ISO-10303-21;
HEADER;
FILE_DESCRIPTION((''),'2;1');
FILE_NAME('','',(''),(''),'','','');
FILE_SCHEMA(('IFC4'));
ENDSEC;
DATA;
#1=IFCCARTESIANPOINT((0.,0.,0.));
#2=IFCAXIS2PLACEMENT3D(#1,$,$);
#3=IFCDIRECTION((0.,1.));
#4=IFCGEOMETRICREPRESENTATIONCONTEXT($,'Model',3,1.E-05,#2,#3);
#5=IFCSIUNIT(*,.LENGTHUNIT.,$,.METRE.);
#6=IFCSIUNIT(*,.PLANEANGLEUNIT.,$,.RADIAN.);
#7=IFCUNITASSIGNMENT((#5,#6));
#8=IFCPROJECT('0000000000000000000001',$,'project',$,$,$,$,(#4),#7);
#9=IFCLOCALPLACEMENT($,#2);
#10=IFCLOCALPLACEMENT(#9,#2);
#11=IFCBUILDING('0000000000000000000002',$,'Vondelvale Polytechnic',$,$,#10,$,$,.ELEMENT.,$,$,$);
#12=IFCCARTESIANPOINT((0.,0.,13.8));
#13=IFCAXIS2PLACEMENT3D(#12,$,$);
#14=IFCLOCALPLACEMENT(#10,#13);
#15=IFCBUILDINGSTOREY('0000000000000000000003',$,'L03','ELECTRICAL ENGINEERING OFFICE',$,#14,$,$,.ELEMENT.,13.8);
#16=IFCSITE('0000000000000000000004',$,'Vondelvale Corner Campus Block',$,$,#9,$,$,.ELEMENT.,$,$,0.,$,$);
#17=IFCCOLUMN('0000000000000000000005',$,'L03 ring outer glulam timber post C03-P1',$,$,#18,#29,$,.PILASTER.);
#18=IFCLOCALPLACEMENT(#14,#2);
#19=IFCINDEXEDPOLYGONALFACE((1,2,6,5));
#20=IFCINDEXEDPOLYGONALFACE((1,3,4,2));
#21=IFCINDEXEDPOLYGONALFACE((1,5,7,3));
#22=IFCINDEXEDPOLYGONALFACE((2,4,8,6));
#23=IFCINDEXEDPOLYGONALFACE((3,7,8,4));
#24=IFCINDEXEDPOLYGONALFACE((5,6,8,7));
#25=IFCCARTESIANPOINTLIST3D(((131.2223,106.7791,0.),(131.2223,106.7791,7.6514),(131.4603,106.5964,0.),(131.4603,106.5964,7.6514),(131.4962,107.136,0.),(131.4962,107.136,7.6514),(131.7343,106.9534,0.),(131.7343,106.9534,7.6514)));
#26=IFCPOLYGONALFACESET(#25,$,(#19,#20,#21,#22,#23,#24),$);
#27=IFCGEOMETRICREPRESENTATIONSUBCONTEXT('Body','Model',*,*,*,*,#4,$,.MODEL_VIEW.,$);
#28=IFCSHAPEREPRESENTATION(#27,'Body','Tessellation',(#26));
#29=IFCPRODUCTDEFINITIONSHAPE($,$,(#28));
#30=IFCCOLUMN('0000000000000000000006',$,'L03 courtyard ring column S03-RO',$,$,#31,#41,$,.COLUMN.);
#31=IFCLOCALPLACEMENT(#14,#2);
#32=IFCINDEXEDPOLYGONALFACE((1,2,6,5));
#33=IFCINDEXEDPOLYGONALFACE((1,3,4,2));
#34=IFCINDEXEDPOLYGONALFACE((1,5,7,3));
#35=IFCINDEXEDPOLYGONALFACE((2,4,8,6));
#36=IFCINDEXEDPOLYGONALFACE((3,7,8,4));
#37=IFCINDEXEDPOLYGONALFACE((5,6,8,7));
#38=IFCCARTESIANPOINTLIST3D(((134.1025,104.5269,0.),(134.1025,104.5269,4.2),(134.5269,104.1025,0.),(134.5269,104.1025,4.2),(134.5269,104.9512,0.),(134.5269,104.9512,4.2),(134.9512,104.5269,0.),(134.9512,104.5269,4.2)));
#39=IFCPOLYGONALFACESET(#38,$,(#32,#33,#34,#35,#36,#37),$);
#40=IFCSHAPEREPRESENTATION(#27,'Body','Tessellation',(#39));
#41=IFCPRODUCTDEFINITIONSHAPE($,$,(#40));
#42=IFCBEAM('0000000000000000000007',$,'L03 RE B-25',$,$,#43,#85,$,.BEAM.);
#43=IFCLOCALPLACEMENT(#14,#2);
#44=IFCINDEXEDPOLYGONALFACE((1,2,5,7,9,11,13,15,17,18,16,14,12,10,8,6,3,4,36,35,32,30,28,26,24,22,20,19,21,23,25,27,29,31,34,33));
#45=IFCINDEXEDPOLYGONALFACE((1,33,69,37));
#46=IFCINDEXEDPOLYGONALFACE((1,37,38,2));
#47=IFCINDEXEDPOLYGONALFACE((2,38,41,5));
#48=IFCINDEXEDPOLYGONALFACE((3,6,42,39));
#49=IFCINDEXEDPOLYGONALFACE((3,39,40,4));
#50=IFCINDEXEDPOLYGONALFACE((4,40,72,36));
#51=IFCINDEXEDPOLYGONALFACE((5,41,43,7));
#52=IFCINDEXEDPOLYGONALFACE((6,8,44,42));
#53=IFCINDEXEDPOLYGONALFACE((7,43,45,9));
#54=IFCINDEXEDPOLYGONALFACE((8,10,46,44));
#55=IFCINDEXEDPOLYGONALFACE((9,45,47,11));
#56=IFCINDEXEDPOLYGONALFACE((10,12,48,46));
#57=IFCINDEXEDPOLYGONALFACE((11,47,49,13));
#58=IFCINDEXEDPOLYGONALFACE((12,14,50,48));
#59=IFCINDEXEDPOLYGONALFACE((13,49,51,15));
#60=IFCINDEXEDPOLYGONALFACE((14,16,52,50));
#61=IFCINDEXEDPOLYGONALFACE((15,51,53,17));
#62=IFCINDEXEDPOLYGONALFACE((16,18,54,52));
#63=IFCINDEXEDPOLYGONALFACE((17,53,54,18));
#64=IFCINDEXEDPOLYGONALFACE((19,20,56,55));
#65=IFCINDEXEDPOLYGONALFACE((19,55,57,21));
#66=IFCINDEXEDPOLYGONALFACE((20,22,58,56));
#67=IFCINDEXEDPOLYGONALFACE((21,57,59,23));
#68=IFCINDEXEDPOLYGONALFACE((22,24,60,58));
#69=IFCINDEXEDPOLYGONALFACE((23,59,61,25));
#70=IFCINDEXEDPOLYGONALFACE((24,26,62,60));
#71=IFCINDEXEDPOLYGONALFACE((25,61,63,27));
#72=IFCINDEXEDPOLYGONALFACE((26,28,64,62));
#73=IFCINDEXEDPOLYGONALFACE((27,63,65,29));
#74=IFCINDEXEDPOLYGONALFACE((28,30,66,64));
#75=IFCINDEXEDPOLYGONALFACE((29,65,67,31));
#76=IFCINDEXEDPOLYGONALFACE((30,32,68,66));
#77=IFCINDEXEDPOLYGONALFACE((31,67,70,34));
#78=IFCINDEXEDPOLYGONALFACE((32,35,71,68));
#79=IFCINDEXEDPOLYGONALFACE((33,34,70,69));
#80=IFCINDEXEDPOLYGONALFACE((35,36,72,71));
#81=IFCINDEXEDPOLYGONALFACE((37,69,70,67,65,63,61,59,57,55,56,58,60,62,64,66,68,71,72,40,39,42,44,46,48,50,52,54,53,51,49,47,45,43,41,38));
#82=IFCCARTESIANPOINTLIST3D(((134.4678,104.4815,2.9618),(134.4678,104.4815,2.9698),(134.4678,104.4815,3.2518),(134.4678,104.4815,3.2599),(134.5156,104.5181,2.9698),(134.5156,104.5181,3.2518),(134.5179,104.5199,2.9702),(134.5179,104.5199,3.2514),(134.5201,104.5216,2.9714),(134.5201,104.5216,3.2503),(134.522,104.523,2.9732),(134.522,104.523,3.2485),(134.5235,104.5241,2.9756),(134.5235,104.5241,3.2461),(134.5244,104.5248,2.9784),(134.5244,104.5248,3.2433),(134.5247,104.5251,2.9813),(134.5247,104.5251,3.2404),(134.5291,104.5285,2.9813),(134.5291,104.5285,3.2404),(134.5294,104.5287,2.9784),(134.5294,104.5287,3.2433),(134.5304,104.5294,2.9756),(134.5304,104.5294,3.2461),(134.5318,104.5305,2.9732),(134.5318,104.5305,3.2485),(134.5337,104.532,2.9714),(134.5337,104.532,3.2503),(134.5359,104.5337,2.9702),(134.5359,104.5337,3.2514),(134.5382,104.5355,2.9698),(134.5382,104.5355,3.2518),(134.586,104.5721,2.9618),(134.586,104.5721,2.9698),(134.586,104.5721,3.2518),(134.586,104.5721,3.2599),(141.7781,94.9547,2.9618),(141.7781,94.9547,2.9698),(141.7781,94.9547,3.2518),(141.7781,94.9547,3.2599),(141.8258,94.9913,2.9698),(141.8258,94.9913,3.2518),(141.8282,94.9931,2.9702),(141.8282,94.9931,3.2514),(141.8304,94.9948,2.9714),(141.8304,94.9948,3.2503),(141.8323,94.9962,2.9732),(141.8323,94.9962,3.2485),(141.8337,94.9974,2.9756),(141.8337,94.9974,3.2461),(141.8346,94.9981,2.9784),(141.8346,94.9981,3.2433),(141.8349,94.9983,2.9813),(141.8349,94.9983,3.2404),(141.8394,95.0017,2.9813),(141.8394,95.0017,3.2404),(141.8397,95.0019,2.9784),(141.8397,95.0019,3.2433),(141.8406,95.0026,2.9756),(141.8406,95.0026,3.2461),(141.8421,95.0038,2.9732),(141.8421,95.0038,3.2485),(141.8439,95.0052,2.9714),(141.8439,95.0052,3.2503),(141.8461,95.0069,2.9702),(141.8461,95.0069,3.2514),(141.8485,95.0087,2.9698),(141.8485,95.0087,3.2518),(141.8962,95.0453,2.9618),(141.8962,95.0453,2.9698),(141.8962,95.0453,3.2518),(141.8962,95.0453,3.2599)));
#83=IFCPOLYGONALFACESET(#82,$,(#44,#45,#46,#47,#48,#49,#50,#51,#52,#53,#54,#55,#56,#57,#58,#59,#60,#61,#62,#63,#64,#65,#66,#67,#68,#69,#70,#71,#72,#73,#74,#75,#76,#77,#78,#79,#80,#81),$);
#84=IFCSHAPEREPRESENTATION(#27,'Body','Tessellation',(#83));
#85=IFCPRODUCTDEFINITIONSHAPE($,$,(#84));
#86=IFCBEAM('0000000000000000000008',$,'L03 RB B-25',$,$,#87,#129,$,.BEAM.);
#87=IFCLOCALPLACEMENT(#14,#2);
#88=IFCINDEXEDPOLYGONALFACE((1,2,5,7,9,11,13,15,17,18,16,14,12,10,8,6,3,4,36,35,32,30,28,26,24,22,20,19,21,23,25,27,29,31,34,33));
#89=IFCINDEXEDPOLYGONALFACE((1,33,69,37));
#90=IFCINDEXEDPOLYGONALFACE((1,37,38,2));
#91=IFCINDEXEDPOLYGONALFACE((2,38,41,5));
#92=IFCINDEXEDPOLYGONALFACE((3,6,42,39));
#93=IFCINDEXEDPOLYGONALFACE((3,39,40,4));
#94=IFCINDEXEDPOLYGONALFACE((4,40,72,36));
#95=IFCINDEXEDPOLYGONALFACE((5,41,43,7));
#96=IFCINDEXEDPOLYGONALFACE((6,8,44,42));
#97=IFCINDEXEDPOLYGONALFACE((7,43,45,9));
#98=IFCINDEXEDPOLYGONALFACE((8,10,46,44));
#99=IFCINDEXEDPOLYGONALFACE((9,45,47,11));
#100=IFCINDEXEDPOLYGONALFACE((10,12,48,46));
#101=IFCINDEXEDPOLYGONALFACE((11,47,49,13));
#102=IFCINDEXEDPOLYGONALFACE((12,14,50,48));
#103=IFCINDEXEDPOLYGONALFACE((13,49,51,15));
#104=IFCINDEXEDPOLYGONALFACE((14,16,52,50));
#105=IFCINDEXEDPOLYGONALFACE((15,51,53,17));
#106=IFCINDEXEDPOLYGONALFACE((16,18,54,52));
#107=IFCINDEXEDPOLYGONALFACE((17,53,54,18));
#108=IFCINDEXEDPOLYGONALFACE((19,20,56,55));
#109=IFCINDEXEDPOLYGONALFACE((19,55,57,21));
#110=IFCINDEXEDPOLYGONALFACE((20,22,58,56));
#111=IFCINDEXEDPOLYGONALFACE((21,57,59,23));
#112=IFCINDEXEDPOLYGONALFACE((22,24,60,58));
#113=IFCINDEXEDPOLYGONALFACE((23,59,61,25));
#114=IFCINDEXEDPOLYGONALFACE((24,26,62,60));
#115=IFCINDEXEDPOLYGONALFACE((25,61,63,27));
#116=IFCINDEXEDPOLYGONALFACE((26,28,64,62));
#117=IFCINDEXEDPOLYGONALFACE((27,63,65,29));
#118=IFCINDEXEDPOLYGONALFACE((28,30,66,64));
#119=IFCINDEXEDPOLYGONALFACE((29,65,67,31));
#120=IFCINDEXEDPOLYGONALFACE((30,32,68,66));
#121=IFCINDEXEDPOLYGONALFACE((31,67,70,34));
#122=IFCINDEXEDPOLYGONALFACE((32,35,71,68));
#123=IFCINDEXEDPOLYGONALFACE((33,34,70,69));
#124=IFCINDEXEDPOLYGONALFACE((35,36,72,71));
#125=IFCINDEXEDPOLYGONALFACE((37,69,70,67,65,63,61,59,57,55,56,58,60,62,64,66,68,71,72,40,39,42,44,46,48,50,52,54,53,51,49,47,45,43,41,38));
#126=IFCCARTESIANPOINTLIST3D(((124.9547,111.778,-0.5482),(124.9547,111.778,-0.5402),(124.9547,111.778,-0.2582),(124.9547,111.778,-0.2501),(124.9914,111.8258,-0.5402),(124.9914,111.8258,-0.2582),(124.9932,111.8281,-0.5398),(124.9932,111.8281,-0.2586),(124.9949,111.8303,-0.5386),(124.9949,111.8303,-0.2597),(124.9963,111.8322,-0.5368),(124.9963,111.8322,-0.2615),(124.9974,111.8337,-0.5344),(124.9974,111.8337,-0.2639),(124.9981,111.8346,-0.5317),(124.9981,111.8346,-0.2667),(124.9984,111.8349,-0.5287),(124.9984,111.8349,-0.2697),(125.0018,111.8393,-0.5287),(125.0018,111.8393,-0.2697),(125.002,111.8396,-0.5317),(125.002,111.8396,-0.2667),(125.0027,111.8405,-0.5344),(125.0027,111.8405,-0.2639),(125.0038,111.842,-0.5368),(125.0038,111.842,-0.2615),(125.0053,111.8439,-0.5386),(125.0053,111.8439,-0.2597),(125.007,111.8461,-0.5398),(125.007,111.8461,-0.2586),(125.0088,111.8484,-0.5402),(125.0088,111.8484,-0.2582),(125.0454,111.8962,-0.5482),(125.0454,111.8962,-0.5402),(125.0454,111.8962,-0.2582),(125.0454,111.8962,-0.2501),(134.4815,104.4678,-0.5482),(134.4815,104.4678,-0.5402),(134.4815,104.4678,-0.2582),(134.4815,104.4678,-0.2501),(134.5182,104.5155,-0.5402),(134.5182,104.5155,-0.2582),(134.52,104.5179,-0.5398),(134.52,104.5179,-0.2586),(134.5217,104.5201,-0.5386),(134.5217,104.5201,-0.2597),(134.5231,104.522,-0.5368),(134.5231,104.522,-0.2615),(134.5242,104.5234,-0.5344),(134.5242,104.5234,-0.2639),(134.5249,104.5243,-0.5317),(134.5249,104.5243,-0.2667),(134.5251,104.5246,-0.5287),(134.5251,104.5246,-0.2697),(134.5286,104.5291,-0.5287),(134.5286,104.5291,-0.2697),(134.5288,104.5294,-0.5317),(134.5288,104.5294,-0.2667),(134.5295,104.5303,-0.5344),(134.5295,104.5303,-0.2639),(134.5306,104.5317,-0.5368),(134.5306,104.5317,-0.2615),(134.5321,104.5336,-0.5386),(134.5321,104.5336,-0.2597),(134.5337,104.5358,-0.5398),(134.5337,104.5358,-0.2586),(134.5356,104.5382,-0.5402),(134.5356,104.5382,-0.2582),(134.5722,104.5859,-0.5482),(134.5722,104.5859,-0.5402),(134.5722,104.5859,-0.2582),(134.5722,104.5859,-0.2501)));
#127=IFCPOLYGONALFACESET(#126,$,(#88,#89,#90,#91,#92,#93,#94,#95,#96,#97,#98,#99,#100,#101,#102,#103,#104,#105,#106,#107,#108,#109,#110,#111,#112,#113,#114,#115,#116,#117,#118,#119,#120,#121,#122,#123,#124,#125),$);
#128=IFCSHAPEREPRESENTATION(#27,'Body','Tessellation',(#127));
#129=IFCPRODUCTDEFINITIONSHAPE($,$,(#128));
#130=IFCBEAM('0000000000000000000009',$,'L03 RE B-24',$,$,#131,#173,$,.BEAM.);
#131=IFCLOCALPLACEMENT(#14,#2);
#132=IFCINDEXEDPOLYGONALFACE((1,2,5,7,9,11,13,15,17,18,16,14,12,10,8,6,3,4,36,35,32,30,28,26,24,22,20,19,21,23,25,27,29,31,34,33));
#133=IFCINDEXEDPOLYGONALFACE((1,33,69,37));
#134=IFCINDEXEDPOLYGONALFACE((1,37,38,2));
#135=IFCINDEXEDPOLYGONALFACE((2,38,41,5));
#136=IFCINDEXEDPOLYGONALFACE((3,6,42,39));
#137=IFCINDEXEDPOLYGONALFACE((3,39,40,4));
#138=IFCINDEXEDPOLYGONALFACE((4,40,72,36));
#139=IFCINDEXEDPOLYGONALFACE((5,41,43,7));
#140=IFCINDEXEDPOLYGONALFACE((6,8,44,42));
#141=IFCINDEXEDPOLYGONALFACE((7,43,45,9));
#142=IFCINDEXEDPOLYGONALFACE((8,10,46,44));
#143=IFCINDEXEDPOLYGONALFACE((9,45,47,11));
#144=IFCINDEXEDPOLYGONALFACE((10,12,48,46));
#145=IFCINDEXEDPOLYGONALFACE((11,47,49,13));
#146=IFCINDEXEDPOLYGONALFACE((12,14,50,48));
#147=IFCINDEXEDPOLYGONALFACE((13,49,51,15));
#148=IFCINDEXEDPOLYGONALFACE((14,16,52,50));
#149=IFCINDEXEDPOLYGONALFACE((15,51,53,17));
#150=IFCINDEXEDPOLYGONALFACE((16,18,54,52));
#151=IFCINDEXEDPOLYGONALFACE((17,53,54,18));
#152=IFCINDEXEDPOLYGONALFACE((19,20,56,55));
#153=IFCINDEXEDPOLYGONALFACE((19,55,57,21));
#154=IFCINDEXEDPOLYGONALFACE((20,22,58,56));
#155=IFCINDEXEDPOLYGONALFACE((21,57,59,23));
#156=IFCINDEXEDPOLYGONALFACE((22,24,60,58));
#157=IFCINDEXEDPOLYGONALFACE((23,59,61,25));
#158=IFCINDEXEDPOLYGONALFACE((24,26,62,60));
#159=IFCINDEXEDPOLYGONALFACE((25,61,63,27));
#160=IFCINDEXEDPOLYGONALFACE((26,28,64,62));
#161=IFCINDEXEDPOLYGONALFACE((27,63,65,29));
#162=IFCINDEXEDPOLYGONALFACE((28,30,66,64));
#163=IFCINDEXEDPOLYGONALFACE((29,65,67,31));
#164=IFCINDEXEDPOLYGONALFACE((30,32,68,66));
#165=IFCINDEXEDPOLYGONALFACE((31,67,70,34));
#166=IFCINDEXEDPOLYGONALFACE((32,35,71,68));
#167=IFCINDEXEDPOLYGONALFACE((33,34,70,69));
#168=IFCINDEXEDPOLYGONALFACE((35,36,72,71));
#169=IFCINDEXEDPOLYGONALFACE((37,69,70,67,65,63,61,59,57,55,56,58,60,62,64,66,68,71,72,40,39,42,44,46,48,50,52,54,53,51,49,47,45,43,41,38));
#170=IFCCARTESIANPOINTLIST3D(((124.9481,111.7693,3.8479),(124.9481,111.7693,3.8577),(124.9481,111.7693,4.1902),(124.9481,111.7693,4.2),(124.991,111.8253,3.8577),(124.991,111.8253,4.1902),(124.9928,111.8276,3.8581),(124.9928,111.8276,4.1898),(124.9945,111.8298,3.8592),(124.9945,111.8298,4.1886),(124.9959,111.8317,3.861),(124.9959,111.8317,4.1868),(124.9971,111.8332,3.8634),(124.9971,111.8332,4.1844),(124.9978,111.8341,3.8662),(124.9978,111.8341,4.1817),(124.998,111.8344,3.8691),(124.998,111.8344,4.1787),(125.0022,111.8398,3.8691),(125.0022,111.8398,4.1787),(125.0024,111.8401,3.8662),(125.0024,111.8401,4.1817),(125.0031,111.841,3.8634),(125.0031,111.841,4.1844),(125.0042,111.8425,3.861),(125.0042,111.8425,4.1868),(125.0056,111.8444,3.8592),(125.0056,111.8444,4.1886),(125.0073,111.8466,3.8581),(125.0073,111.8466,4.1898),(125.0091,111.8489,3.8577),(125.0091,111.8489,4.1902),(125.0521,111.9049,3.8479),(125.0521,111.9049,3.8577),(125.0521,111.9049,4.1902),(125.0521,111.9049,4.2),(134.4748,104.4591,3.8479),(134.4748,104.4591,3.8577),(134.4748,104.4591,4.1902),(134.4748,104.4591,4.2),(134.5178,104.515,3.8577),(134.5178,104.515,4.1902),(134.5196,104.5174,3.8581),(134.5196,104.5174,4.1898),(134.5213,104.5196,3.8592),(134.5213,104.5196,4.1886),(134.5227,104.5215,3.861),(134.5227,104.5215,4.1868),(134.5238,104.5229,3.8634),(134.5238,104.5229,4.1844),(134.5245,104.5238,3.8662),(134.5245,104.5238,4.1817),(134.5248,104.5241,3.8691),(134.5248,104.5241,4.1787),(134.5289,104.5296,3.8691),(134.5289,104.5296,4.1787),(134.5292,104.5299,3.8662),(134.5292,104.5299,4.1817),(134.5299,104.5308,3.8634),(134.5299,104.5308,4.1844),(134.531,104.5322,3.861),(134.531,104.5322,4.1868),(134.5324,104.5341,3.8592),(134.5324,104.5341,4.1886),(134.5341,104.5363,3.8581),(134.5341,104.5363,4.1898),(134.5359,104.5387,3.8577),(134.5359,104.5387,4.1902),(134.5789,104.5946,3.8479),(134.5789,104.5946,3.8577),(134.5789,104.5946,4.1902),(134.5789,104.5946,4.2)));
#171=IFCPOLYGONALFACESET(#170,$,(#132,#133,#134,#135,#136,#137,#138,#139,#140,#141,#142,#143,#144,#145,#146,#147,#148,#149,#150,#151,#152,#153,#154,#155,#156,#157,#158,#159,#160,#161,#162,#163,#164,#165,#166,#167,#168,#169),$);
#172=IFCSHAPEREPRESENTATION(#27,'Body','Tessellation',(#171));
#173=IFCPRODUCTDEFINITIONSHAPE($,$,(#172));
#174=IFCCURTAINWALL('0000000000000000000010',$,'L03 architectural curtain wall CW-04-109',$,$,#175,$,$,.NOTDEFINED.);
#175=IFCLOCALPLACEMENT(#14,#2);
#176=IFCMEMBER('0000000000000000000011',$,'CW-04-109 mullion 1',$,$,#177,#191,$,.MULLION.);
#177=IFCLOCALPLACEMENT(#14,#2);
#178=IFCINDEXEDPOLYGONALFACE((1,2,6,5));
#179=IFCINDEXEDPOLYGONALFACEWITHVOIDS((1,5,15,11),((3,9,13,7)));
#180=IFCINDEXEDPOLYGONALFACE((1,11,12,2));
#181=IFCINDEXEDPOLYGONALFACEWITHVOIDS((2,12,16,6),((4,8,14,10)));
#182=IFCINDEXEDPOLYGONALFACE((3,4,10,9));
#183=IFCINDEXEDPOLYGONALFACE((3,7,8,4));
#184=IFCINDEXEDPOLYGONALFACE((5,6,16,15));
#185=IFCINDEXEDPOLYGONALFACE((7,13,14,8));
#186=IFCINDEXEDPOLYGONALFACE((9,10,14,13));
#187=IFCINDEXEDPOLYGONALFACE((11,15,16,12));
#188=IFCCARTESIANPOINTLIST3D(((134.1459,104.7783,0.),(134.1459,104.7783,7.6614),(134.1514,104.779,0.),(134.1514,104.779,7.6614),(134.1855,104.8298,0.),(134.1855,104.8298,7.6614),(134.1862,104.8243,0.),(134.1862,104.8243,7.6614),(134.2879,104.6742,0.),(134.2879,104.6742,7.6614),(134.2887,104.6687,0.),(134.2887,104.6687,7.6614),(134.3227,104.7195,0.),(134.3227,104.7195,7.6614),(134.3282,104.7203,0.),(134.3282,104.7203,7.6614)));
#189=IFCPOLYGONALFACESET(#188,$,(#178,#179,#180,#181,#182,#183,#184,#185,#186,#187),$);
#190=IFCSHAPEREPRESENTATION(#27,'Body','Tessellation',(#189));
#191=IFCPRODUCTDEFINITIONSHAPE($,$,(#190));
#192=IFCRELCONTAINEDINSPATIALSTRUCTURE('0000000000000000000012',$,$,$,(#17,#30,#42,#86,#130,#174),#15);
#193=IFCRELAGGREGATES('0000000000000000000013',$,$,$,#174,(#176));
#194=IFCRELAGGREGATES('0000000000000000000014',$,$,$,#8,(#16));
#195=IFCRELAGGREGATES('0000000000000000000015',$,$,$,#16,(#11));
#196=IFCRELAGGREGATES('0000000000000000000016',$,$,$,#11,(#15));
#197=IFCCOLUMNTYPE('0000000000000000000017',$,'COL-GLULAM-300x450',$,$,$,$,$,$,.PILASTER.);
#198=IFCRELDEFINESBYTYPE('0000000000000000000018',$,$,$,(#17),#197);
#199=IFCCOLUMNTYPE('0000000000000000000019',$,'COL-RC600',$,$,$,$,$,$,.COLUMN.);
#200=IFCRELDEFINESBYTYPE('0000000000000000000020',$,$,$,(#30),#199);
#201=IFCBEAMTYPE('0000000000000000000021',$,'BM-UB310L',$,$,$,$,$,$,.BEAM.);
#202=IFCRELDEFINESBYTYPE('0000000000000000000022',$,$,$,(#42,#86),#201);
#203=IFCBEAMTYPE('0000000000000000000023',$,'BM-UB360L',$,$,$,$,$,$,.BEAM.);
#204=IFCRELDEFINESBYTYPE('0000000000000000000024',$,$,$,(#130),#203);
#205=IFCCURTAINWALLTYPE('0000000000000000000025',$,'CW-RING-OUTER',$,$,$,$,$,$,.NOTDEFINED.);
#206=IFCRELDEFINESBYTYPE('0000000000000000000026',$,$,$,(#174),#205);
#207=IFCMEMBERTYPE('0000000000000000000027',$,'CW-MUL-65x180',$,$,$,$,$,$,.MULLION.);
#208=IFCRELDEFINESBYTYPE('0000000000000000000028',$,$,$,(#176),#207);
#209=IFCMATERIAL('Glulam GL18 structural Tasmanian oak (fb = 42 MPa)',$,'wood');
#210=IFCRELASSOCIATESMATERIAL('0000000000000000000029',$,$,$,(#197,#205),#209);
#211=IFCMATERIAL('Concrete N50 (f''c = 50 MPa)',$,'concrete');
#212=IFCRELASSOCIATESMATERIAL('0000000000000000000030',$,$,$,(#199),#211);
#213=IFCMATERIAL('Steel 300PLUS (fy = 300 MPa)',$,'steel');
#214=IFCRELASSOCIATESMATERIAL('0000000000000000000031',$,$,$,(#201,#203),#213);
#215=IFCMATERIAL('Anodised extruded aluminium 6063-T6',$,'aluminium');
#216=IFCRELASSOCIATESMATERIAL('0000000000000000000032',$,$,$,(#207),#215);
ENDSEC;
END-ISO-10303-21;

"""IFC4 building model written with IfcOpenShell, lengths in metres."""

from ifc_helpers import new_model, si_unit, direction, frame, origin, origin_2d, place, context, subcontext, project, spatial, rectangle, hollow_rectangle, i_section, extrude, material, material_profile, profile_set, type_object, element, aggregate, save


model = new_model("IFC4")

# Units and contexts
model_context = context("Model", 3, precision=1e-05, world=origin(), true_north=direction((0.0, 1.0)))
body_context = subcontext(model_context, "Body", "Model", "MODEL_VIEW")
ifc_project = project(units=[si_unit("LENGTHUNIT", "METRE"), si_unit("PLANEANGLEUNIT", "RADIAN")], contexts=[model_context])

# Site, building, storey
site_placement = place(None, origin())
site = spatial("IfcSite", under=ifc_project, at=site_placement, Name="Vondelvale Corner Campus Block", CompositionType="ELEMENT", RefElevation=0.0)
building_placement = place(site_placement, origin())
building = spatial("IfcBuilding", under=site, at=building_placement, Name="Vondelvale Polytechnic", CompositionType="ELEMENT")
storey_placement = place(building_placement, frame((0.0, 0.0, 13.8)))
storey = spatial("IfcBuildingStorey", under=building, at=storey_placement, Name="L03", Description="ELECTRICAL ENGINEERING OFFICE", CompositionType="ELEMENT", Elevation=13.8)

# Columns
ifc_material_1 = material(Name="Glulam GL18 structural Tasmanian oak (fb = 42 MPa)", Category="wood")
ifc_material_profile_1 = material_profile(ifc_material_1, rectangle(XDim=0.3, YDim=0.45, at=origin_2d()), Name="GL-POST-300x450")
ifc_profile_set_1 = profile_set([ifc_material_profile_1], Name="Glulam GL18 structural Tasmanian oak (fb = 42 MPa)")
column_type_1 = type_object("IfcColumnType", Name="COL-GLULAM-300x450", PredefinedType="PILASTER", material=ifc_profile_set_1)
column_1_placement = place(storey_placement, frame((131.4783, 106.8662, 0.0), z_axis=(0.0, 0.0, 1.0), x_axis=(-0.793353, 0.608761, 0.0)))
element("IfcColumn", 1, at=column_1_placement, inside=storey, type_object=column_type_1, Name="L03 ring outer glulam timber post C03-P1", PredefinedType="PILASTER", context=body_context, shape_type="SweptSolid", body=[
    extrude(rectangle(XDim=0.3, YDim=0.45, at=origin_2d()), origin(), (0.0, 0.0, 1.0), 7.6514),
])
ifc_material_2 = material(Name="Concrete N50 (f'c = 50 MPa)", Category="concrete")
ifc_material_profile_2 = material_profile(ifc_material_2, rectangle(XDim=0.6001, YDim=0.6001, at=origin_2d()), Name="RC-COL-600x600")
ifc_profile_set_2 = profile_set([ifc_material_profile_2], Name="Concrete N50 (f'c = 50 MPa)")
column_type_2 = type_object("IfcColumnType", Name="COL-RC600", PredefinedType="COLUMN", material=ifc_profile_set_2)
column_2_placement = place(storey_placement, frame((134.5269, 104.5269, 0.0), z_axis=(0.0, 0.0, 1.0), x_axis=(0.707107, 0.707107, 0.0)))
element("IfcColumn", 2, at=column_2_placement, inside=storey, type_object=column_type_2, Name="L03 courtyard ring column S03-RO", PredefinedType="COLUMN", context=body_context, shape_type="SweptSolid", body=[
    extrude(rectangle(XDim=0.6001, YDim=0.6001, at=origin_2d()), origin(), (0.0, 0.0, 1.0), 4.2),
])

# Beams
ifc_material_3 = material(Name="Steel 300PLUS (fy = 300 MPa)", Category="steel")
ifc_material_profile_3 = material_profile(ifc_material_3, i_section(OverallWidth=0.1489, OverallDepth=0.2981, WebThickness=0.0056, FlangeThickness=0.0081, FilletRadius=0.0115, at=origin_2d()), Name="310UB32.0")
ifc_profile_set_3 = profile_set([ifc_material_profile_3], Name="Steel 300PLUS (fy = 300 MPa)")
beam_type_1 = type_object("IfcBeamType", Name="BM-UB310L", PredefinedType="BEAM", material=ifc_profile_set_3)
for number, where, z_axis, x_axis, name in (
    (3, (141.8372, 95.0, 3.1108), (-0.608766, 0.79335, 0.0), (-0.79335, -0.608766, 0.0), "L03 RE B-25"),
    (4, (134.5269, 104.5269, -0.3992), (-0.79335, 0.608766, 0.0), (-0.608766, -0.79335, 0.0), "L03 RB B-25"),
):
    element("IfcBeam", number, at=place(storey_placement, frame(where, z_axis=z_axis, x_axis=x_axis)), inside=storey, type_object=beam_type_1, Name=name, PredefinedType="BEAM", context=body_context, shape_type="SweptSolid", body=[
        extrude(i_section(OverallWidth=0.1489, OverallDepth=0.2981, WebThickness=0.0056, FlangeThickness=0.0081, FilletRadius=0.0115, at=origin_2d()), origin(), (0.0, 0.0, 1.0), 12.0083),
    ])
ifc_material_profile_4 = material_profile(ifc_material_3, i_section(OverallWidth=0.1709, OverallDepth=0.3521, WebThickness=0.0068, FlangeThickness=0.0098, FilletRadius=0.0115, at=origin_2d()), Name="360UB44.7")
ifc_profile_set_4 = profile_set([ifc_material_profile_4], Name="Steel 300PLUS (fy = 300 MPa)")
beam_type_2 = type_object("IfcBeamType", Name="BM-UB360L", PredefinedType="BEAM", material=ifc_profile_set_4)
beam_1_placement = place(storey_placement, frame((134.5269, 104.5269, 4.0239), z_axis=(-0.79335, 0.608766, 0.0), x_axis=(-0.608766, -0.79335, 0.0)))
element("IfcBeam", 5, at=beam_1_placement, inside=storey, type_object=beam_type_2, Name="L03 RE B-24", PredefinedType="BEAM", context=body_context, shape_type="SweptSolid", body=[
    extrude(i_section(OverallWidth=0.1709, OverallDepth=0.3521, WebThickness=0.0068, FlangeThickness=0.0098, FilletRadius=0.0115, at=origin_2d()), origin(), (0.0, 0.0, 1.0), 12.0083),
])

# Curtain wall, member
curtain_wall_type = type_object("IfcCurtainWallType", Name="CW-RING-OUTER", PredefinedType="NOTDEFINED", material=ifc_material_1)
curtain_wall_1_placement = place(storey_placement, origin())
curtain_wall_1 = element("IfcCurtainWall", 6, at=curtain_wall_1_placement, inside=storey, type_object=curtain_wall_type, Name="L03 architectural curtain wall CW-04-109", PredefinedType="NOTDEFINED")
ifc_material_4 = material(Name="Anodised extruded aluminium 6063-T6", Category="aluminium")
ifc_material_profile_5 = material_profile(ifc_material_4, hollow_rectangle(XDim=0.0649, YDim=0.1799, WallThickness=0.0039, at=origin_2d()), Name="CW-MUL-180x65")
ifc_profile_set_5 = profile_set([ifc_material_profile_5], Name="Anodised extruded aluminium 6063-T6")
member_type_1 = type_object("IfcMemberType", Name="CW-MUL-65x180", PredefinedType="MULLION", material=ifc_profile_set_5)
member_1_placement = place(storey_placement, frame((134.2371, 104.7493, 0.0), z_axis=(0.0, 0.0, 1.0), x_axis=(-0.608787, -0.793334, 0.0)))
member_1 = element("IfcMember", 7, at=member_1_placement, type_object=member_type_1, Name="CW-04-109 mullion 1", PredefinedType="MULLION", context=body_context, shape_type="SweptSolid", body=[
    extrude(hollow_rectangle(XDim=0.0649, YDim=0.1799, WallThickness=0.0039, at=origin_2d()), origin(), (0.0, 0.0, 1.0), 7.6614),
])

aggregate(curtain_wall_1, [member_1])

save(model, "model.ifc")
